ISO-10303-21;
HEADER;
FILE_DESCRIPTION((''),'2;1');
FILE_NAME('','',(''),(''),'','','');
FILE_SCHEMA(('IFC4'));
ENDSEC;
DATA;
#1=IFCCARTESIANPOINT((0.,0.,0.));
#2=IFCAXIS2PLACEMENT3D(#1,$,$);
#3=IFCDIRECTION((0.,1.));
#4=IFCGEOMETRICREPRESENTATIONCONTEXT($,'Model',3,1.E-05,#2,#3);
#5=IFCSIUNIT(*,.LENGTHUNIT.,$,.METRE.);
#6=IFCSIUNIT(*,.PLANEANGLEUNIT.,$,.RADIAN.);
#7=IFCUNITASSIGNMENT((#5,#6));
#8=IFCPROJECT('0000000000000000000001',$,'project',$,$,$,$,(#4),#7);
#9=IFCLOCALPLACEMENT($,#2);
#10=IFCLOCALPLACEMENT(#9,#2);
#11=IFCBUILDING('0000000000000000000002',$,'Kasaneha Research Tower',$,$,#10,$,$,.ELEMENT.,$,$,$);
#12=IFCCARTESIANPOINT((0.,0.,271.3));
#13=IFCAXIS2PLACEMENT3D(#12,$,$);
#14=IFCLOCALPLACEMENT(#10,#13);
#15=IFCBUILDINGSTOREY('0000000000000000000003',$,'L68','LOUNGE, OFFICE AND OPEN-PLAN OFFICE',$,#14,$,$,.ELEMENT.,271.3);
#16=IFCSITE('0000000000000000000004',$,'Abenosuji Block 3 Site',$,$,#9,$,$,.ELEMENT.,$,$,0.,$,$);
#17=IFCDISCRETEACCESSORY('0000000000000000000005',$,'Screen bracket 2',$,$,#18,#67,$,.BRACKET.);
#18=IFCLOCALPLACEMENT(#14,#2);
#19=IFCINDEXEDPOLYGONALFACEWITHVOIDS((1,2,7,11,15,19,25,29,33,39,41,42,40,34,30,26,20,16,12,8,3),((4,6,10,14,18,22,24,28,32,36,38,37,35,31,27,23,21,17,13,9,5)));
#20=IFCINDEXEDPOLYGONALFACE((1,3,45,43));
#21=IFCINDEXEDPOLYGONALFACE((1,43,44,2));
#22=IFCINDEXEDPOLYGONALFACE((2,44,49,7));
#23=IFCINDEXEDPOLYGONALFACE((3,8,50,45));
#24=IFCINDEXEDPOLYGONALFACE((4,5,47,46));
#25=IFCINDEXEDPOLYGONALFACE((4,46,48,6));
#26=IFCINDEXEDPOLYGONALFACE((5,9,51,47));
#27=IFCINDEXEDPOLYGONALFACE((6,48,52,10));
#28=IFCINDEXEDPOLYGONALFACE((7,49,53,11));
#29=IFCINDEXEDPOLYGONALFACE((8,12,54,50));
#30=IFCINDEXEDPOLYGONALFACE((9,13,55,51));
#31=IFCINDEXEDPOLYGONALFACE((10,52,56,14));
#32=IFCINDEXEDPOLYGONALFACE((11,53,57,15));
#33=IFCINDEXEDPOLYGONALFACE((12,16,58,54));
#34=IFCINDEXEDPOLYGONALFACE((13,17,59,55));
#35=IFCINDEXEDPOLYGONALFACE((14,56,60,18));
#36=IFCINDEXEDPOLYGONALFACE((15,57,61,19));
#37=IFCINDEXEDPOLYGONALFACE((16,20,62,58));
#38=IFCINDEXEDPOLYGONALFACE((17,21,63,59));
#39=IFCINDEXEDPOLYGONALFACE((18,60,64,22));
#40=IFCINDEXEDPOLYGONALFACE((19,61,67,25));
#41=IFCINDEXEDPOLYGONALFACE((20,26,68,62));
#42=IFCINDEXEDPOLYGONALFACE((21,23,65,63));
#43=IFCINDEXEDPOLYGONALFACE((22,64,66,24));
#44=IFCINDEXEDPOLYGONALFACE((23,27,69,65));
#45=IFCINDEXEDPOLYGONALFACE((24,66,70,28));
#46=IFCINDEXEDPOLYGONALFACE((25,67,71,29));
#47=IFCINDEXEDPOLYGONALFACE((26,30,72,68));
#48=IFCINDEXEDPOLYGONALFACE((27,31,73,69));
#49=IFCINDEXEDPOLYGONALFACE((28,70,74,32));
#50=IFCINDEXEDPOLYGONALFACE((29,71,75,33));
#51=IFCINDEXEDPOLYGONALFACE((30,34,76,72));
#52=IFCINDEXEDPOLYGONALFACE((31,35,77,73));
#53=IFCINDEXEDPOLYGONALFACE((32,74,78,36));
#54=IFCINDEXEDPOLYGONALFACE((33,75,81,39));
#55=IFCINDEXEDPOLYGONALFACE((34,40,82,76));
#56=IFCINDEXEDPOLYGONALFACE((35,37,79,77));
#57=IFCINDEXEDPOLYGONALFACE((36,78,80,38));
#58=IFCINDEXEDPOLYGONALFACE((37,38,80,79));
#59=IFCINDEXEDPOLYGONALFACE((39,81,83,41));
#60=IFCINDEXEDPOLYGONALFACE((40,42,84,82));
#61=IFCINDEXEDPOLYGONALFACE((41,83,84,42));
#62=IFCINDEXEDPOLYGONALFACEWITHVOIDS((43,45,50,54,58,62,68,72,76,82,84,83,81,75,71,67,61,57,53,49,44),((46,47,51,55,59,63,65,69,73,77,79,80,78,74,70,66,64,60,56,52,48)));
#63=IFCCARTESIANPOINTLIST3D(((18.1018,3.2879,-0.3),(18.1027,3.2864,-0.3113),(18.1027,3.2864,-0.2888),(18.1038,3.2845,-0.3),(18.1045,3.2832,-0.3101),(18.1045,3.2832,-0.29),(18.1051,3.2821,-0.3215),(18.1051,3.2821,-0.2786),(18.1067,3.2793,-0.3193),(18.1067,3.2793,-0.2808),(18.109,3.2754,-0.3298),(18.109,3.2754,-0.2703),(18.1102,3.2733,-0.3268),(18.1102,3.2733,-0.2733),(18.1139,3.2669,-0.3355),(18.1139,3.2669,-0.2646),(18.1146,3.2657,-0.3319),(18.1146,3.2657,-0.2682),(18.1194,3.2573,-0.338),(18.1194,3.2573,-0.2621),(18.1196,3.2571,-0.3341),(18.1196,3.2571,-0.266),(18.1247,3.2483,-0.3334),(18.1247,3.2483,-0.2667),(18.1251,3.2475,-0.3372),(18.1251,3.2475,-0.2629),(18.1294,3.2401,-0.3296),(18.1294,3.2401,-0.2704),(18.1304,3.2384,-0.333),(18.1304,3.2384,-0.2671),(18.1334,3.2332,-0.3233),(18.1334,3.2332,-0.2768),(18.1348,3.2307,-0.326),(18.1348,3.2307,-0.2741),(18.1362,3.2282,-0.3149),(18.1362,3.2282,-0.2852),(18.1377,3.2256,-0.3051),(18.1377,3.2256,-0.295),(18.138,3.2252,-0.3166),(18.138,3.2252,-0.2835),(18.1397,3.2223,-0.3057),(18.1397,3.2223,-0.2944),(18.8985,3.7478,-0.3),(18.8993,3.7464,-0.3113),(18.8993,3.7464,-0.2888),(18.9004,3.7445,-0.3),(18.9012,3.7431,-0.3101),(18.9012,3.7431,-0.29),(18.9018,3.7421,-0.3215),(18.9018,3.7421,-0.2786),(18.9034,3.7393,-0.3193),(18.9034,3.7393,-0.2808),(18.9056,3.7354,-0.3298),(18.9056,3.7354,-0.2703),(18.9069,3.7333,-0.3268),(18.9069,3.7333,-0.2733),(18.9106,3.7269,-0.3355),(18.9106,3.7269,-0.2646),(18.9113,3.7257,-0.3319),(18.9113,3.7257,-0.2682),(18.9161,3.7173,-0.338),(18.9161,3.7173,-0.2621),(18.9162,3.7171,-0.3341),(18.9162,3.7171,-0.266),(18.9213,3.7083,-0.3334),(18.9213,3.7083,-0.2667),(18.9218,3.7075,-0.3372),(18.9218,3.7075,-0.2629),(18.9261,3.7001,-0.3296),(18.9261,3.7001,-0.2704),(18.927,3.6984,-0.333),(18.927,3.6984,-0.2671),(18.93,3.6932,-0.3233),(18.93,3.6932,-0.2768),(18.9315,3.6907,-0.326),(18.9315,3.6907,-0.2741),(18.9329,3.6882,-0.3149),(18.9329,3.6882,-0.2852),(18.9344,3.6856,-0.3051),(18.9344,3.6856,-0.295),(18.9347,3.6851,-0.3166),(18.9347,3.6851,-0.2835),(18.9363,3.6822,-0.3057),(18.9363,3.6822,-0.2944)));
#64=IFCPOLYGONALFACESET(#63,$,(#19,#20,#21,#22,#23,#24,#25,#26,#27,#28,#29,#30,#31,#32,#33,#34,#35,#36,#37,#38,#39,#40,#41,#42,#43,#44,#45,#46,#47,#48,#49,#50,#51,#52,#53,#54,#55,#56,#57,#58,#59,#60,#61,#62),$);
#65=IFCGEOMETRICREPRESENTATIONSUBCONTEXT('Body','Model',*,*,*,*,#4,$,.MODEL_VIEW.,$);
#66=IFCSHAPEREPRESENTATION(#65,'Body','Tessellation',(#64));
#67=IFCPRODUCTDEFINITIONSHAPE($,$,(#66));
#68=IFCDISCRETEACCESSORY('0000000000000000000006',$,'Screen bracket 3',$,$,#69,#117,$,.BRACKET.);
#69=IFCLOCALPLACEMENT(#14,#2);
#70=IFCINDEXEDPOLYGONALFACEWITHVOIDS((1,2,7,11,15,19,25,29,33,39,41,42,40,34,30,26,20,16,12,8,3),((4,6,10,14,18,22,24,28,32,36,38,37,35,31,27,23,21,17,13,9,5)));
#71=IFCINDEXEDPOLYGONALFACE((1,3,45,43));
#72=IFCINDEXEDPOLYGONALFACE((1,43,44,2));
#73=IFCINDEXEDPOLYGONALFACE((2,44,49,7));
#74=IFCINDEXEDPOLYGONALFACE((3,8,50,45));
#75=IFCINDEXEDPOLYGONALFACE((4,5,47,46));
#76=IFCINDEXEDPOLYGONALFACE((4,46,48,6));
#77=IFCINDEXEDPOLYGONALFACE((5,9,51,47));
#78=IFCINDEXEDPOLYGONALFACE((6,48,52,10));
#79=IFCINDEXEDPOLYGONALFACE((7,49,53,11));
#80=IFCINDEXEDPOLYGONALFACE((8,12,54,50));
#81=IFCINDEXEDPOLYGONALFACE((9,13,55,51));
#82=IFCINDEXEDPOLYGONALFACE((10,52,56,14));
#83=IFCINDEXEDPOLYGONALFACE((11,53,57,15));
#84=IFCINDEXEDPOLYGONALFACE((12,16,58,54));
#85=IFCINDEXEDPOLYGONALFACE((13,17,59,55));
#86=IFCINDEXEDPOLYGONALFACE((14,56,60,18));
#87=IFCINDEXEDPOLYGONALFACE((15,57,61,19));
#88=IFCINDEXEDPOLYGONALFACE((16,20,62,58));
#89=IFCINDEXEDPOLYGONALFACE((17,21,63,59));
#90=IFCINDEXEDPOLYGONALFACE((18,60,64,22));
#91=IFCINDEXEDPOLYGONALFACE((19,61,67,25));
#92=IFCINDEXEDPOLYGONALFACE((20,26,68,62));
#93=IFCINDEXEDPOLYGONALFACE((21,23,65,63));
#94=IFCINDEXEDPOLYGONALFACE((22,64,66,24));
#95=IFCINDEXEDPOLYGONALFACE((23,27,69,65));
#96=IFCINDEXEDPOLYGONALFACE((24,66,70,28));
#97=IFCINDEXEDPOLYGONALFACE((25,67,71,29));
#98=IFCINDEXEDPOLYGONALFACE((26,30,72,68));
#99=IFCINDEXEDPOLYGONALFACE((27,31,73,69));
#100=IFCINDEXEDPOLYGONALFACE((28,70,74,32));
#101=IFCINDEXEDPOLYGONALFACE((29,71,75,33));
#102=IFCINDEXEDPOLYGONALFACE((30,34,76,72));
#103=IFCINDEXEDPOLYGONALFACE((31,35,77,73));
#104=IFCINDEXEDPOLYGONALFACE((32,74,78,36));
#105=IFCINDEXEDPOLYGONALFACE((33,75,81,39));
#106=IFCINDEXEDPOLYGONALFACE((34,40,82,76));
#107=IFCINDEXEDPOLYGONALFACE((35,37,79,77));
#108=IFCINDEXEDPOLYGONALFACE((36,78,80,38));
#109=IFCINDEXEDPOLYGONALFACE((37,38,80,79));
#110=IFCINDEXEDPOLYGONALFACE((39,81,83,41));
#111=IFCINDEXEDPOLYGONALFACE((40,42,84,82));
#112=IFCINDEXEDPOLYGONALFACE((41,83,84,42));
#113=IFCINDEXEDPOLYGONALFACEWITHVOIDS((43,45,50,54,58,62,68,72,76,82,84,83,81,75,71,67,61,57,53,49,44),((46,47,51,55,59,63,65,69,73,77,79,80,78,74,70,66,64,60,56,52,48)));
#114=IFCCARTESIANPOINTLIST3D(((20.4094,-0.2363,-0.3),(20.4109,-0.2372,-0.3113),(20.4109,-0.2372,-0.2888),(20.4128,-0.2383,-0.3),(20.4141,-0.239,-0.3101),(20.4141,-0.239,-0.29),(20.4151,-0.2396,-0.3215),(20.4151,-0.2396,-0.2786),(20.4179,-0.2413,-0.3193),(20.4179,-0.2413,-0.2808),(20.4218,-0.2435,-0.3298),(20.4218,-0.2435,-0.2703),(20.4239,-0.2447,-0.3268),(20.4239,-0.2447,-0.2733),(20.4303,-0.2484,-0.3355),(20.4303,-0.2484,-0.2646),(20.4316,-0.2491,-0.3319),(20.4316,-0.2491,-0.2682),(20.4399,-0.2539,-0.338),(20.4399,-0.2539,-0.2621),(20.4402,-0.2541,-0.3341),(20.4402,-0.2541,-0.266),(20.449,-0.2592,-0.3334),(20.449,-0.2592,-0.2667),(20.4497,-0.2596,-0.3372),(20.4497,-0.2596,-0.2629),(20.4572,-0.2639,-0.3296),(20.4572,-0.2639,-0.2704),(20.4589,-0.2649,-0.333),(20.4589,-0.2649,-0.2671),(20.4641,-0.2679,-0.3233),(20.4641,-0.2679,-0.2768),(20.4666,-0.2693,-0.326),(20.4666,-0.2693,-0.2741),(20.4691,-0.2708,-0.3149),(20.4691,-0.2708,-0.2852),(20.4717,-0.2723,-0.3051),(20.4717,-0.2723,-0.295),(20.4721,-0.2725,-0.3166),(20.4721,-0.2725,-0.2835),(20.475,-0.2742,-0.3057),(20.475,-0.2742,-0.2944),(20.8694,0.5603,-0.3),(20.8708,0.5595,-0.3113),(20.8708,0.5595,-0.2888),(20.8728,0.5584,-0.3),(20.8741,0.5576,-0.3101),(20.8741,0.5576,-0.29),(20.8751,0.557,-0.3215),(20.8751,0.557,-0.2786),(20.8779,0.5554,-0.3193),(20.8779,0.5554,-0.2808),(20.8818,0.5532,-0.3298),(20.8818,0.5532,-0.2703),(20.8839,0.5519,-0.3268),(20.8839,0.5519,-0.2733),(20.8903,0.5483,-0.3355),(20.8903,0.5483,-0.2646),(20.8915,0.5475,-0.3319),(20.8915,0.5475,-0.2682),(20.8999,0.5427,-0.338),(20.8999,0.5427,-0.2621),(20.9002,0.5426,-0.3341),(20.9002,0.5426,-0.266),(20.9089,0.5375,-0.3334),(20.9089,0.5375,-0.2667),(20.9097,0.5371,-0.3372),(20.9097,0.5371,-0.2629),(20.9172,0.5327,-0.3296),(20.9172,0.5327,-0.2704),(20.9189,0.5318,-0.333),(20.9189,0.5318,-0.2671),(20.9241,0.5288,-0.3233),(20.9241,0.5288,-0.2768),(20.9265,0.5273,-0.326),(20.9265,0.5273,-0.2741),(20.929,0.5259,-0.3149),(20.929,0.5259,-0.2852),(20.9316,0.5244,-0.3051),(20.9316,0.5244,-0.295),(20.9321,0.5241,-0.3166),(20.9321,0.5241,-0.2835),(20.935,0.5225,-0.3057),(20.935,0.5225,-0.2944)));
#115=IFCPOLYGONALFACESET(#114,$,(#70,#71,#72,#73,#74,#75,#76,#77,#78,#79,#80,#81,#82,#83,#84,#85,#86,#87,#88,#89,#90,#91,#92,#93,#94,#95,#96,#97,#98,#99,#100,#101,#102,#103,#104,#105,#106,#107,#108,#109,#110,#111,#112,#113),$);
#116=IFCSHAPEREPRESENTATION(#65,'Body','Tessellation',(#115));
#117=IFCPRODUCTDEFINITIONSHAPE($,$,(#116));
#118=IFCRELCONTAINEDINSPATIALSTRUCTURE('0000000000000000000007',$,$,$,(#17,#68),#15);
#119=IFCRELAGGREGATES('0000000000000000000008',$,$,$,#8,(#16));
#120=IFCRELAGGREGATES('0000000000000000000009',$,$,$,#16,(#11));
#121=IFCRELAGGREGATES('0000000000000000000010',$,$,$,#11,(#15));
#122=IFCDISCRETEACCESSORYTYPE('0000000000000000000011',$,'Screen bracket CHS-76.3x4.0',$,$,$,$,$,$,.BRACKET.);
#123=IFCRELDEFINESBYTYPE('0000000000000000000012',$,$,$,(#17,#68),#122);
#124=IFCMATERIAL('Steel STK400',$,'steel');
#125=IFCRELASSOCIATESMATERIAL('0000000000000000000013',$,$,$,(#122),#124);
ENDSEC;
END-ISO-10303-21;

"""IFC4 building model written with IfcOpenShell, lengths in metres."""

from ifc_helpers import new_model, si_unit, direction, frame, origin, origin_2d, place, context, subcontext, project, spatial, hollow_circle, extrude, material, material_profile, profile_set, type_object, element, save


model = new_model("IFC4")

# Units and contexts
model_context = context("Model", 3, precision=1e-05, world=origin(), true_north=direction((0.0, 1.0)))
body_context = subcontext(model_context, "Body", "Model", "MODEL_VIEW")
ifc_project = project(units=[si_unit("LENGTHUNIT", "METRE"), si_unit("PLANEANGLEUNIT", "RADIAN")], contexts=[model_context])

# Site, building, storey
site_placement = place(None, origin())
site = spatial("IfcSite", under=ifc_project, at=site_placement, Name="Abenosuji Block 3 Site", CompositionType="ELEMENT", RefElevation=0.0)
building_placement = place(site_placement, origin())
building = spatial("IfcBuilding", under=site, at=building_placement, Name="Kasaneha Research Tower", CompositionType="ELEMENT")
storey_placement = place(building_placement, frame((0.0, 0.0, 271.3)))
storey = spatial("IfcBuildingStorey", under=building, at=storey_placement, Name="L68", Description="LOUNGE, OFFICE AND OPEN-PLAN OFFICE", CompositionType="ELEMENT", Elevation=271.3)

# Discrete accessories
ifc_material_1 = material(Name="Steel STK400", Category="steel")
ifc_material_profile_1 = material_profile(ifc_material_1, hollow_circle(Radius=0.0381, WallThickness=0.0039, at=origin_2d()), Name="CHS-76.3x4.0")
ifc_profile_set_1 = profile_set([ifc_material_profile_1], Name="Steel STK400")
discrete_accessory_type = type_object("IfcDiscreteAccessoryType", Name="Screen bracket CHS-76.3x4.0", PredefinedType="BRACKET", material=ifc_profile_set_1)
for number, where, z_axis, x_axis, name in (
    (1, (18.1208, 3.2549, -0.3), (0.866013, 0.500021, 0.0), (-0.500021, 0.866013, 0.0), "Screen bracket 2"),
    (2, (20.4424, -0.2554, -0.3), (0.500021, 0.866013, 0.0), (-0.866013, 0.500021, 0.0), "Screen bracket 3"),
):
    element("IfcDiscreteAccessory", number, at=place(storey_placement, frame(where, z_axis=z_axis, x_axis=x_axis)), inside=storey, type_object=discrete_accessory_type, Name=name, PredefinedType="BRACKET", context=body_context, shape_type="SweptSolid", body=[
        extrude(hollow_circle(Radius=0.0381, WallThickness=0.0039, at=origin_2d()), origin(), (0.0, 0.0, 1.0), 0.9199),
    ])

save(model, "model.ifc")
